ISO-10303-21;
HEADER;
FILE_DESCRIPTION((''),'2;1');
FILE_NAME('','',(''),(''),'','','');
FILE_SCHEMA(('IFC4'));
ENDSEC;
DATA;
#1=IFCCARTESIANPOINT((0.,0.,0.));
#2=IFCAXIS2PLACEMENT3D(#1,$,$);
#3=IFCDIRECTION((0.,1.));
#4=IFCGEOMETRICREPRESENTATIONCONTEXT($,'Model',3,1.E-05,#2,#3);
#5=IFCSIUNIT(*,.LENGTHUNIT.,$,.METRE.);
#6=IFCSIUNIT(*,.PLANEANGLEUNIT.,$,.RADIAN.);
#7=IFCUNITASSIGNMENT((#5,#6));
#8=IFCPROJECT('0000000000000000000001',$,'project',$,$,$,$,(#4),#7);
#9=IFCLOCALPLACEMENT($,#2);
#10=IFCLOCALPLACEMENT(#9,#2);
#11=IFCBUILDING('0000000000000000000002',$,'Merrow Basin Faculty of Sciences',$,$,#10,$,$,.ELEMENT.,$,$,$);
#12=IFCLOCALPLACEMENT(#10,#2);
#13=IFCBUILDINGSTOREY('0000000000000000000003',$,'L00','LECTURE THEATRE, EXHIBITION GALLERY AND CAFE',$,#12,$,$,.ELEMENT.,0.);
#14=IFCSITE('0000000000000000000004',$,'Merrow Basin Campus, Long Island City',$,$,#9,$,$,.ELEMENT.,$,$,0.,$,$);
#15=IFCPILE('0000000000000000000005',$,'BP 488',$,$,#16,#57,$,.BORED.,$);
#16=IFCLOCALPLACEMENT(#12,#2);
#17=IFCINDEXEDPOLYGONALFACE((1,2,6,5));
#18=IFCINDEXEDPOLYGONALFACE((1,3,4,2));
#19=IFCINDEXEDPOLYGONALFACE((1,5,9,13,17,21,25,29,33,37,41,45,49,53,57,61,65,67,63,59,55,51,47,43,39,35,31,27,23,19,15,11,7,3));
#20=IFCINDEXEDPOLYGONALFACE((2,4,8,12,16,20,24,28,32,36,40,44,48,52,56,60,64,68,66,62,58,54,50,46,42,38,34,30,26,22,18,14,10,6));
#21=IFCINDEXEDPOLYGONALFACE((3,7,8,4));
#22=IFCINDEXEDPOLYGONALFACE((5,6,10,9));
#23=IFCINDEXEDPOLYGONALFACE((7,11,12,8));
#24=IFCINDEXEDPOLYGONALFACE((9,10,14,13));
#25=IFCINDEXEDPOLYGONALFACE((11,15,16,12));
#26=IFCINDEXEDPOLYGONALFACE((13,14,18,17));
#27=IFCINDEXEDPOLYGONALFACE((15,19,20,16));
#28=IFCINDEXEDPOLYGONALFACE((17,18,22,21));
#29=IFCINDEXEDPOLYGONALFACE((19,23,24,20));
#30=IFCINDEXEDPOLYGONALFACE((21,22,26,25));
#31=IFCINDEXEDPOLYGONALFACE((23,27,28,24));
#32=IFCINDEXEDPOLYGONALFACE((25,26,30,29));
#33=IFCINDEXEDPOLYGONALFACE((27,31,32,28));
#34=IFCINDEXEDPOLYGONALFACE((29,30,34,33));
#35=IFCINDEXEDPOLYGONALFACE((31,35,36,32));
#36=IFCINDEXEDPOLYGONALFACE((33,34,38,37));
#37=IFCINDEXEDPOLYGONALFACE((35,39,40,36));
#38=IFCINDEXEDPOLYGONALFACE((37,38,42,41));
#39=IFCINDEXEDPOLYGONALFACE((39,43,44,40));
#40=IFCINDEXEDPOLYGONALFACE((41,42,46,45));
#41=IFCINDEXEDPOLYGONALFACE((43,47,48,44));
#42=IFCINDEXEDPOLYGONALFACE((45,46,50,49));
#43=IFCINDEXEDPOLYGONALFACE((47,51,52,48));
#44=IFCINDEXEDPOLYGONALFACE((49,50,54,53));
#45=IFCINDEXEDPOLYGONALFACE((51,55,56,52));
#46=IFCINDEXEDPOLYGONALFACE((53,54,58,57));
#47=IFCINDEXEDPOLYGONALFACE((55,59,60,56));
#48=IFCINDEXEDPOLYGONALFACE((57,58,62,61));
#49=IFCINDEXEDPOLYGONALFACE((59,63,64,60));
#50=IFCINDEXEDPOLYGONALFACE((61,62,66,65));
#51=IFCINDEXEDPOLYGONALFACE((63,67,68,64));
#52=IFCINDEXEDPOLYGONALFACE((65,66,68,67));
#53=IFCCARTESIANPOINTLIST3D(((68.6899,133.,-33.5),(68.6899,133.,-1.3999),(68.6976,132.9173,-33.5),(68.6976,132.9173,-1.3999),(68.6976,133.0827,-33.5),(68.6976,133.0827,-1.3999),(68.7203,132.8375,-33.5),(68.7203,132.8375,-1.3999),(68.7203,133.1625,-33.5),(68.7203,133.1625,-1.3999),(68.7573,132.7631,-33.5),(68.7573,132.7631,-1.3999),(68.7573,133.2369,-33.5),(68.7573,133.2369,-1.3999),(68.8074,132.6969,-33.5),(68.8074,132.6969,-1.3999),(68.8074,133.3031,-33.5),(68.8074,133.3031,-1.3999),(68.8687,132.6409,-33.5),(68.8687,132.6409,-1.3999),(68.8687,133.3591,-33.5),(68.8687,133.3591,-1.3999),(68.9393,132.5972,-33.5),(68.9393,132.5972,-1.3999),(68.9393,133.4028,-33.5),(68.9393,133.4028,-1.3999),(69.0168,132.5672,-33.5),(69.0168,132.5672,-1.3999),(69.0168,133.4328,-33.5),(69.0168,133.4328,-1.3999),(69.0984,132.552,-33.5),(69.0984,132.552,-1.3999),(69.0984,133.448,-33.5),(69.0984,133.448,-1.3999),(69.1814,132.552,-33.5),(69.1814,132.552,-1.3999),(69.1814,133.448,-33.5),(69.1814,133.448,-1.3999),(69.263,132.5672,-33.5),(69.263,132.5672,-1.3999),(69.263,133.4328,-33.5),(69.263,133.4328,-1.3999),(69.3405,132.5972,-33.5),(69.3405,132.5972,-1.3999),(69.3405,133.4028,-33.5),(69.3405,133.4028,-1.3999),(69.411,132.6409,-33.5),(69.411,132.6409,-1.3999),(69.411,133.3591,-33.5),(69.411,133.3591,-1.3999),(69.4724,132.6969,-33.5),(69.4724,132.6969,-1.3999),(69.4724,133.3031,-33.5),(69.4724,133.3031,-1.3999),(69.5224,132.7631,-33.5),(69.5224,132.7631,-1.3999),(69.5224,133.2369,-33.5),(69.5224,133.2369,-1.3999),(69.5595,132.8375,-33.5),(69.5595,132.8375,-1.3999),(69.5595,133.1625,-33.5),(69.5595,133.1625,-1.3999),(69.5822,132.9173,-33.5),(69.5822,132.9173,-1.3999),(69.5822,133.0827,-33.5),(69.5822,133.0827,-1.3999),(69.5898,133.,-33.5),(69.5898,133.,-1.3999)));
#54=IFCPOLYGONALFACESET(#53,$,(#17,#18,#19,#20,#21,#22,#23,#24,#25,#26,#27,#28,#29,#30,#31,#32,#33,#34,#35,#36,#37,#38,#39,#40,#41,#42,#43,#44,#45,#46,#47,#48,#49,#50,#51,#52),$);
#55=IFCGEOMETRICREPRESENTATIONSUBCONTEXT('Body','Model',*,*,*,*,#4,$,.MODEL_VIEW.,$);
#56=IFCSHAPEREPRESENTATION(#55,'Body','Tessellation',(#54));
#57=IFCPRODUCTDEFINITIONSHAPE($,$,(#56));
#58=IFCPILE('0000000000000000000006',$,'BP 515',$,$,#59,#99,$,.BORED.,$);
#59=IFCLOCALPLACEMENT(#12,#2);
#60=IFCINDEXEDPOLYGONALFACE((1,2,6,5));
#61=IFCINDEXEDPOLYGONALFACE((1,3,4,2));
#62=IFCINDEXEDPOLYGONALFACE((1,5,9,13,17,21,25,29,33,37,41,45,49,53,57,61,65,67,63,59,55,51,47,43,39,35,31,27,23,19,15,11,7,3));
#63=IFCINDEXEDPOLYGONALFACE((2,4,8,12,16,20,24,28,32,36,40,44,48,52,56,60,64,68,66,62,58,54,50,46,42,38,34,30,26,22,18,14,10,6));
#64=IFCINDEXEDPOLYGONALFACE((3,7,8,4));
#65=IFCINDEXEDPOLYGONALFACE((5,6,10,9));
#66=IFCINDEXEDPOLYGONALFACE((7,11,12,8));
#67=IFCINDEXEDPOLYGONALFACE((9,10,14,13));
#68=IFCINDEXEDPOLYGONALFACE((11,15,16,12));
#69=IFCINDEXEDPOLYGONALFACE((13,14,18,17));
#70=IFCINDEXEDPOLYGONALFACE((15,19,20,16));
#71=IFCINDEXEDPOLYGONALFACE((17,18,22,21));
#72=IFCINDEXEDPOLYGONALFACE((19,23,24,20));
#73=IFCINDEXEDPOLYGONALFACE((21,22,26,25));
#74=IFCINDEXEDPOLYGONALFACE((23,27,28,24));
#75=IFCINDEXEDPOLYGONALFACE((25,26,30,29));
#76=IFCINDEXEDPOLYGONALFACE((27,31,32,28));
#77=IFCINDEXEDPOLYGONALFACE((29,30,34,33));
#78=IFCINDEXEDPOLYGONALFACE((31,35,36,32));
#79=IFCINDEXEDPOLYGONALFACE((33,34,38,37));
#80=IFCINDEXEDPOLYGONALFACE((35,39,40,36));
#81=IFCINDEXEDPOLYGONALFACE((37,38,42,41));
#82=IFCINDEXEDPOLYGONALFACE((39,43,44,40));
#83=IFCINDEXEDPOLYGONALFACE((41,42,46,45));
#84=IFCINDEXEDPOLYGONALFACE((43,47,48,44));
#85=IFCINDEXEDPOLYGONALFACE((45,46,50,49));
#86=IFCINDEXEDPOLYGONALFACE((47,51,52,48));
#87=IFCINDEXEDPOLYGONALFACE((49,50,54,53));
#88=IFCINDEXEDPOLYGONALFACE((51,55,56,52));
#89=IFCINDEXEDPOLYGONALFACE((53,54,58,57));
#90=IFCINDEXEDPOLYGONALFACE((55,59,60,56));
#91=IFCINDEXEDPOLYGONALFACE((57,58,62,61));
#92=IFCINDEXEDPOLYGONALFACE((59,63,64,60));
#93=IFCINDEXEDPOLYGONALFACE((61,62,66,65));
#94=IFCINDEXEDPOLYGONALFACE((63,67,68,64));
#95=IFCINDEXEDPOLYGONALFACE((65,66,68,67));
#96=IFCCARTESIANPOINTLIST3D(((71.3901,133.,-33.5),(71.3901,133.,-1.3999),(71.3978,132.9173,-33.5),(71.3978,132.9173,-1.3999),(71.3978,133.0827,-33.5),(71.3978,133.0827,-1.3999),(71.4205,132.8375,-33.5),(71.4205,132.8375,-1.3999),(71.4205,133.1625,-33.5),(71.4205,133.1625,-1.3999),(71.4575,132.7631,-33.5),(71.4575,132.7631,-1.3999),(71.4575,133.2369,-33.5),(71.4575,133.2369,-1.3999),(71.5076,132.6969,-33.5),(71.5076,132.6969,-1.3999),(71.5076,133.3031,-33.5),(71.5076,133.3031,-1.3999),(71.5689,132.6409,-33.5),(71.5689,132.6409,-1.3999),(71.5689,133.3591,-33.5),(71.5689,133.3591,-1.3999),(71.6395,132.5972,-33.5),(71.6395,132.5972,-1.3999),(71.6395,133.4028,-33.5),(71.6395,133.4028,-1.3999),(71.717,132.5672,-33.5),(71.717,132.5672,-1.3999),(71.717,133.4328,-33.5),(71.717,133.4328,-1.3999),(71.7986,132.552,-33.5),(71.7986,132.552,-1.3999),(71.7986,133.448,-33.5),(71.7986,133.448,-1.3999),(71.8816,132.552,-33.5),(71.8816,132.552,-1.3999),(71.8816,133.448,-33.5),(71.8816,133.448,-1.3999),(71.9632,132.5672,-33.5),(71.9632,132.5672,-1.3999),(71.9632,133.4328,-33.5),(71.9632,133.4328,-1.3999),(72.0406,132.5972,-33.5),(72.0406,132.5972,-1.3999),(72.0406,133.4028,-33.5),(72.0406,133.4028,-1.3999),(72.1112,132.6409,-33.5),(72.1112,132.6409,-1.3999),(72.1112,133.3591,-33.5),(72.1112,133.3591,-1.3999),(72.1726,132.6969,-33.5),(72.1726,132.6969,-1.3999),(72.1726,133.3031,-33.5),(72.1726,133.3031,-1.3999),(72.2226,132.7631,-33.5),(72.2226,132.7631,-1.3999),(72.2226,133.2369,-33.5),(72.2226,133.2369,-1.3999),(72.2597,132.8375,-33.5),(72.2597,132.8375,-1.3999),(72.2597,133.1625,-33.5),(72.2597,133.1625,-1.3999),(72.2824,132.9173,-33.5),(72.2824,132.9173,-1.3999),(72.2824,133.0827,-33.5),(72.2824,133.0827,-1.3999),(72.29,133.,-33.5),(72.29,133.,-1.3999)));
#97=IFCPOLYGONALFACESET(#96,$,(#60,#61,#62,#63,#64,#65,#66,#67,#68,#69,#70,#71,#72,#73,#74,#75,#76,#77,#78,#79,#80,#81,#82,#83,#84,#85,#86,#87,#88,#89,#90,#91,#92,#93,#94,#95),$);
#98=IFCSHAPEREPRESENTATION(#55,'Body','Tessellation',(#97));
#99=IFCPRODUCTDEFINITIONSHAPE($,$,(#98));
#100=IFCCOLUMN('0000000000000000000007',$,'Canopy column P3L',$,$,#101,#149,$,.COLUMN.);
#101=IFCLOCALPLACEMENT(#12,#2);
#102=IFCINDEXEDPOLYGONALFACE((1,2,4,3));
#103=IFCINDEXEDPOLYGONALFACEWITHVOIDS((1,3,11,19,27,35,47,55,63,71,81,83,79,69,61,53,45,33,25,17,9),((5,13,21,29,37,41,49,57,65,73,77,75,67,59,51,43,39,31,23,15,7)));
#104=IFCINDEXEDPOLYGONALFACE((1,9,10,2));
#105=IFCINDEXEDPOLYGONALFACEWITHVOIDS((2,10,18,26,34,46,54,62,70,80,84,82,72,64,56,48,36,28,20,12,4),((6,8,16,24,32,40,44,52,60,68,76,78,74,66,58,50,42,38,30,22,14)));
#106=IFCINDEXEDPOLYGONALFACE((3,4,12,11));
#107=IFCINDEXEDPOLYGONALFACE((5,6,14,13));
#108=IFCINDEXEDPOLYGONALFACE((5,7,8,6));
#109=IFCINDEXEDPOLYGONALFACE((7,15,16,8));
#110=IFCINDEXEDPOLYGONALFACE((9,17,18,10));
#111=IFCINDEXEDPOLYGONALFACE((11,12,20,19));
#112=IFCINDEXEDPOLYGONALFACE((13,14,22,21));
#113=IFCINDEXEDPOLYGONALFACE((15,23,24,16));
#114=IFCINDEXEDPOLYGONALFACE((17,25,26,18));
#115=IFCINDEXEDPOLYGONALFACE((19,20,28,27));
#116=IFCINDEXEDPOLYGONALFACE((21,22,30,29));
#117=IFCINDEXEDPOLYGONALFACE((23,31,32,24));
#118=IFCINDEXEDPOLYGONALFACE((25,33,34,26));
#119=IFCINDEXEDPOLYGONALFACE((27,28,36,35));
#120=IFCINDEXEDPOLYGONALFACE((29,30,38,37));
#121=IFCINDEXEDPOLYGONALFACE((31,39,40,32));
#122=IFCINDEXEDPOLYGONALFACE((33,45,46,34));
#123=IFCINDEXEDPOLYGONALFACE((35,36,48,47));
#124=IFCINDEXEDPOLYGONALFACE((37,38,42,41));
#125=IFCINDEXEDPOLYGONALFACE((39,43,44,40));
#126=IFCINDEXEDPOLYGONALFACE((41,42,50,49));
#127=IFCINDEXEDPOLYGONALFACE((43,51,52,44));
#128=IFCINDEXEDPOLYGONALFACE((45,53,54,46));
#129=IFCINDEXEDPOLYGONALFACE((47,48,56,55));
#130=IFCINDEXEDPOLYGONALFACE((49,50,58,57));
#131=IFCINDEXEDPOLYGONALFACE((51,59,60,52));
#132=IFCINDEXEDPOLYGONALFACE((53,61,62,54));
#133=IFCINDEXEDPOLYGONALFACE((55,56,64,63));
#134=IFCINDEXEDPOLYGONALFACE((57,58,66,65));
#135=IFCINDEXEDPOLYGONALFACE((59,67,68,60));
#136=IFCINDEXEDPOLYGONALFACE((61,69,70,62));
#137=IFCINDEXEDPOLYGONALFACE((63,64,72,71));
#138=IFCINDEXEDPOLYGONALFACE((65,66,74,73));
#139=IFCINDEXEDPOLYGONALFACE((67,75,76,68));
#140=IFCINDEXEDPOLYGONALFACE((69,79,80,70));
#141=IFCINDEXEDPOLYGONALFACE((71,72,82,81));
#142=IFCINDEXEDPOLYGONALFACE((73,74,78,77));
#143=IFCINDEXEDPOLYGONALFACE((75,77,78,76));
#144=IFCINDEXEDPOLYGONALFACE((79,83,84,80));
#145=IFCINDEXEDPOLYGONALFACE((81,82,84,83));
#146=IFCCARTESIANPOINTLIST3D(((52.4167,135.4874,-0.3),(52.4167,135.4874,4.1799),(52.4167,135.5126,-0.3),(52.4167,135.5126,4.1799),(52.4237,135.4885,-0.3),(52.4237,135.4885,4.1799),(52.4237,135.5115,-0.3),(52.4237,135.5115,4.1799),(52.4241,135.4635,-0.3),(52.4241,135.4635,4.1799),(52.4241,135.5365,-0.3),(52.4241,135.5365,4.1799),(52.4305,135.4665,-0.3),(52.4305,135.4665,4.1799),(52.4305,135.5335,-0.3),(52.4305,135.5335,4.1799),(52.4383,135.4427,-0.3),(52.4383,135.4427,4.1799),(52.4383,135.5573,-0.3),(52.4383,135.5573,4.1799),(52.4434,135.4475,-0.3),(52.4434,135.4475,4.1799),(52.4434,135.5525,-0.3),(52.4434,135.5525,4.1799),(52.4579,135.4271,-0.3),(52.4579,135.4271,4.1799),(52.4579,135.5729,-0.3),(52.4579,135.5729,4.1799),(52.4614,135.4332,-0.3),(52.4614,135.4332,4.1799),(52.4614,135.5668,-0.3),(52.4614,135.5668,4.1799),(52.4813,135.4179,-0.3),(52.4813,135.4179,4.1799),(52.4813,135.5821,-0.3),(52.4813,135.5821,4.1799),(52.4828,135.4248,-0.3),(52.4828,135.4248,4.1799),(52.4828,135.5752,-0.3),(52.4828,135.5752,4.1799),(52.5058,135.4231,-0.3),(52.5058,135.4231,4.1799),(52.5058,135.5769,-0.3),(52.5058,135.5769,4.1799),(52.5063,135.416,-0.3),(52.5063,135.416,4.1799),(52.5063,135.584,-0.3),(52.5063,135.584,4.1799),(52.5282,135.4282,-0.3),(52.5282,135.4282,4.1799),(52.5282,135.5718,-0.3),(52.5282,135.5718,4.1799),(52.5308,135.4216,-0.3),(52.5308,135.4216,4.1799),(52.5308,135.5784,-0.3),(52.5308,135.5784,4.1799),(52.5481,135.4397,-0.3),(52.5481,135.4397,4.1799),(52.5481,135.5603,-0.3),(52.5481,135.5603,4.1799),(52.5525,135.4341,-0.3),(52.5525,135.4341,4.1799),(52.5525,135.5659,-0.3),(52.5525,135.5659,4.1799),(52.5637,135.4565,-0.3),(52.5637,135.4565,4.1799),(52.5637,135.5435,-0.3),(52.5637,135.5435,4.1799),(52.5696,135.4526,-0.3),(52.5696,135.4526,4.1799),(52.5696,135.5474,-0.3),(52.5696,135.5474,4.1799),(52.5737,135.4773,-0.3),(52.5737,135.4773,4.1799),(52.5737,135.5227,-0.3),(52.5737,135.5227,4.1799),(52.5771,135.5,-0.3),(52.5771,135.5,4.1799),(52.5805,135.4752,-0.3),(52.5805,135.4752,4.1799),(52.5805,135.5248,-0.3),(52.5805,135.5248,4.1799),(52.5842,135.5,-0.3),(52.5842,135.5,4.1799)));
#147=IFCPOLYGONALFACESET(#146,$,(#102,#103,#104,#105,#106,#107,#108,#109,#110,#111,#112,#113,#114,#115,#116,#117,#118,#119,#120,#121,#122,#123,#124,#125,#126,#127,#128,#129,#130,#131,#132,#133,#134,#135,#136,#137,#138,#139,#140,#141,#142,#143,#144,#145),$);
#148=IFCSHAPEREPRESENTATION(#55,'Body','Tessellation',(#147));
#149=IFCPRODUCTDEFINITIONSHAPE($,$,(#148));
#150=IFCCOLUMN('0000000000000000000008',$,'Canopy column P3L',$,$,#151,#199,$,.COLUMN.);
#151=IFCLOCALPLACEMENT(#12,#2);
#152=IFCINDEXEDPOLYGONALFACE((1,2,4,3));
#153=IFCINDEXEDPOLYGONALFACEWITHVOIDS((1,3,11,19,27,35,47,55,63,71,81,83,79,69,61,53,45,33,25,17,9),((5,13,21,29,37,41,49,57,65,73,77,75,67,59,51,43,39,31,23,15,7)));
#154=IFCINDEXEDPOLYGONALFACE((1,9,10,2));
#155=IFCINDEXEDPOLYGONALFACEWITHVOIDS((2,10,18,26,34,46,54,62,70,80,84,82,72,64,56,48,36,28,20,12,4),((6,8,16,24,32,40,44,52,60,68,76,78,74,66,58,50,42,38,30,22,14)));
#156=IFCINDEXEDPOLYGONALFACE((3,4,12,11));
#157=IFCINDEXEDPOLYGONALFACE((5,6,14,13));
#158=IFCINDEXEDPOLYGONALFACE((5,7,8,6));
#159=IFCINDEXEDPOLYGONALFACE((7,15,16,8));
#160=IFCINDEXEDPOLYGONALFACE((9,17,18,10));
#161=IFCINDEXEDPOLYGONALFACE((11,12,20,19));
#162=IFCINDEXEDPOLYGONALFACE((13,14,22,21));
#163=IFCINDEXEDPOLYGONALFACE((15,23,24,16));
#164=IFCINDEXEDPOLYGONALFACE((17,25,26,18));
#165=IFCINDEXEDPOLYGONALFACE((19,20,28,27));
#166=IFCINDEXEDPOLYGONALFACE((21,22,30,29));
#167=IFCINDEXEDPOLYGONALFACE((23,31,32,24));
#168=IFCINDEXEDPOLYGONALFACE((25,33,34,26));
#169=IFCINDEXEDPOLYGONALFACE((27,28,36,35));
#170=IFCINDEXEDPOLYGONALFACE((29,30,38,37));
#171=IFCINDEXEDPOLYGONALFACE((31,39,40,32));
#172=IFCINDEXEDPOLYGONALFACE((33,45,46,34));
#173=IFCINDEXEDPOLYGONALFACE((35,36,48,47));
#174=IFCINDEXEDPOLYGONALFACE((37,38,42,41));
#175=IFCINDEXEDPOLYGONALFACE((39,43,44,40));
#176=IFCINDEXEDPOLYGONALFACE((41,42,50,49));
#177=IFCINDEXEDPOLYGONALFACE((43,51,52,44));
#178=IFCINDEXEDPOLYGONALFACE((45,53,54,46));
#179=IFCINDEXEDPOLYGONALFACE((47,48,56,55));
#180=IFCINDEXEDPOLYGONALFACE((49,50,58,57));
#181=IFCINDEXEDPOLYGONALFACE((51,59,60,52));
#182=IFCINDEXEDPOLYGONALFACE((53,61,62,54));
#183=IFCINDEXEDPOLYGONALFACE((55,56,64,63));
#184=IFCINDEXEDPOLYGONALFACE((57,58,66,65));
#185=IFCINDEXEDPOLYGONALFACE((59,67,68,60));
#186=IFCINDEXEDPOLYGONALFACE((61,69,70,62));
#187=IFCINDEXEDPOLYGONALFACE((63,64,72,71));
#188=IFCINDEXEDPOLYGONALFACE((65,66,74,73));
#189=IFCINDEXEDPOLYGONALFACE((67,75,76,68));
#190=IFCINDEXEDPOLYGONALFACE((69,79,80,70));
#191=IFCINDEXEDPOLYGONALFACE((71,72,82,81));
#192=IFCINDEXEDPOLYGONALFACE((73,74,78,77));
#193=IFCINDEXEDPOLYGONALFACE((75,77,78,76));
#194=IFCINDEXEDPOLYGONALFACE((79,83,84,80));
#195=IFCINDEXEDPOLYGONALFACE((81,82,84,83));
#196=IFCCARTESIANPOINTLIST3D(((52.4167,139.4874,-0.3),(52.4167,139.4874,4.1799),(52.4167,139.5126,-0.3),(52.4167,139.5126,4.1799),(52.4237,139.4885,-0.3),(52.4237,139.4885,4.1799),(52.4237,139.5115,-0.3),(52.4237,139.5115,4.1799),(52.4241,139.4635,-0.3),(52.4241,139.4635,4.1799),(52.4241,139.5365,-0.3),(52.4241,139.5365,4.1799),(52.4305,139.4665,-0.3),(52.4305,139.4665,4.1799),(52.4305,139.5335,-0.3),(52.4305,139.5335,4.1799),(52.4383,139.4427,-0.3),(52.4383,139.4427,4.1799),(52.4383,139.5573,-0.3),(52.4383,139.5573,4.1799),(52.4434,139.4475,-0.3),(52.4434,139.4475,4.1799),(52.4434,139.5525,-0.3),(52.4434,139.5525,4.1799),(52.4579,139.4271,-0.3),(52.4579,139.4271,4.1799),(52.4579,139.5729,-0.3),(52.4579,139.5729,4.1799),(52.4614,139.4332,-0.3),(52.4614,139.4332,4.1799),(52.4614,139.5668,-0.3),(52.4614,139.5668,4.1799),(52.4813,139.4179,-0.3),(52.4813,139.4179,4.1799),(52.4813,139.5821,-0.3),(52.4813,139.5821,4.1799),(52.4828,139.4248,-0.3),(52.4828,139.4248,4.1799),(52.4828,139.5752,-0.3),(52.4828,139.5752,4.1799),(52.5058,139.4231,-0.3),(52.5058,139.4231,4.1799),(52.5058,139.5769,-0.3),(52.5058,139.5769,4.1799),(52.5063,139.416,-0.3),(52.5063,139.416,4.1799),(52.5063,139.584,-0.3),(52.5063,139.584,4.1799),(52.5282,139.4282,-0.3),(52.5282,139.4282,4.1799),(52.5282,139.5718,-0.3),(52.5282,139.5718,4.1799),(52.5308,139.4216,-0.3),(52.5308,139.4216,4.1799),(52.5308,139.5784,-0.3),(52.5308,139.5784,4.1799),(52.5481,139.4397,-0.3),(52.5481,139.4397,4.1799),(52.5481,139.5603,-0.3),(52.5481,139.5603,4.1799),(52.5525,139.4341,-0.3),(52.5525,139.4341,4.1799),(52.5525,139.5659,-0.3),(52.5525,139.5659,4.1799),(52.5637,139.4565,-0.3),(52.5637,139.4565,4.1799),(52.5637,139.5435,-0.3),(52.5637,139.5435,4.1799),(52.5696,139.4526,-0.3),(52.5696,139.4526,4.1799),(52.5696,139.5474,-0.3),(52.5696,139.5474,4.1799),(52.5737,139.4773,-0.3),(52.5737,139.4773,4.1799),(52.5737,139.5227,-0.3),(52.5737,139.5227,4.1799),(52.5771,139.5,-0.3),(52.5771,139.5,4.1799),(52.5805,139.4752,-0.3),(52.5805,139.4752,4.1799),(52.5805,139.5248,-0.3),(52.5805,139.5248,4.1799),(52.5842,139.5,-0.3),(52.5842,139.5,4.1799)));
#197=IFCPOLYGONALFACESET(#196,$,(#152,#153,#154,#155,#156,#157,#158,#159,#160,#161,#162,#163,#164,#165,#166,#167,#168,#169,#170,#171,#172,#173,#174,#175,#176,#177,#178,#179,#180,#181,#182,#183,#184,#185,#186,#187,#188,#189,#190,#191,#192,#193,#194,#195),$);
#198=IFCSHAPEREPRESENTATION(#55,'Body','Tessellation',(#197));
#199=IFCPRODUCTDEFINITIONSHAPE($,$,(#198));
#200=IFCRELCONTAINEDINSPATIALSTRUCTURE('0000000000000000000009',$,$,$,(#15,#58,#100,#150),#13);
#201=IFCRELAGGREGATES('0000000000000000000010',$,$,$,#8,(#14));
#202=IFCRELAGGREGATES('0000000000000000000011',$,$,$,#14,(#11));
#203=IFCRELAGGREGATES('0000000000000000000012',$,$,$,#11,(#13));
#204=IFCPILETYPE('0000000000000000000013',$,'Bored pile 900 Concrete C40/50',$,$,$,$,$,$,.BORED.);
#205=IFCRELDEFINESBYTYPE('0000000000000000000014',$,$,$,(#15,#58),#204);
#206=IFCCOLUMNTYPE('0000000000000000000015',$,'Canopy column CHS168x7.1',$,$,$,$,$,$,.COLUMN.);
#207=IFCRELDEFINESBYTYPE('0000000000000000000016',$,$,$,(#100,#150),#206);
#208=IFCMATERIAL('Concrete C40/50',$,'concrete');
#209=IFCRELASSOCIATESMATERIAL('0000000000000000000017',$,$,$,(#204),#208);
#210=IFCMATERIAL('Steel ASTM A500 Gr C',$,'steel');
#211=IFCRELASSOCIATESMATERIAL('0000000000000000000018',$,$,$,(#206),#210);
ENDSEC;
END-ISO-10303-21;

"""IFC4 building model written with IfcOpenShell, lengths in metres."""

from ifc_helpers import new_model, si_unit, direction, frame, origin, origin_2d, place, context, subcontext, project, spatial, circle, hollow_circle, extrude, material, material_profile, profile_set, type_object, element, save


model = new_model("IFC4")

# Units and contexts
model_context = context("Model", 3, precision=1e-05, world=origin(), true_north=direction((0.0, 1.0)))
body_context = subcontext(model_context, "Body", "Model", "MODEL_VIEW")
ifc_project = project(units=[si_unit("LENGTHUNIT", "METRE"), si_unit("PLANEANGLEUNIT", "RADIAN")], contexts=[model_context])

# Site, building, storey
site_placement = place(None, origin())
site = spatial("IfcSite", under=ifc_project, at=site_placement, Name="Merrow Basin Campus, Long Island City", CompositionType="ELEMENT", RefElevation=0.0)
building_placement = place(site_placement, origin())
building = spatial("IfcBuilding", under=site, at=building_placement, Name="Merrow Basin Faculty of Sciences", CompositionType="ELEMENT")
storey_placement = place(building_placement, origin())
storey = spatial("IfcBuildingStorey", under=building, at=storey_placement, Name="L00", Description="LECTURE THEATRE, EXHIBITION GALLERY AND CAFE", CompositionType="ELEMENT", Elevation=0.0)

# Piles
ifc_material_1 = material(Name="Concrete C40/50", Category="concrete")
ifc_material_profile_1 = material_profile(ifc_material_1, circle(Radius=0.45, at=origin_2d()))
ifc_profile_set_1 = profile_set([ifc_material_profile_1], Name="Concrete C40/50")
pile_type_1 = type_object("IfcPileType", Name="Bored pile 900 Concrete C40/50", PredefinedType="BORED", material=ifc_profile_set_1)
for number, where, z_axis, x_axis, name in (
    (1, (69.1399, 133.0, -1.3999), (0.0, 0.0, -1.0), (1.0, 0.0, 0.0), "BP 488"),
    (2, (71.8401, 133.0, -1.3999), (0.0, 0.0, -1.0), (1.0, 0.0, 0.0), "BP 515"),
):
    element("IfcPile", number, at=place(storey_placement, frame(where, z_axis=z_axis, x_axis=x_axis)), inside=storey, type_object=pile_type_1, Name=name, PredefinedType="BORED", context=body_context, shape_type="SweptSolid", body=[
        extrude(circle(Radius=0.45, at=origin_2d()), origin(), (0.0, 0.0, 1.0), 32.1001),
    ])

# Columns
ifc_material_2 = material(Name="Steel ASTM A500 Gr C", Category="steel")
ifc_material_profile_2 = material_profile(ifc_material_2, hollow_circle(Radius=0.0842, WallThickness=0.0071, at=origin_2d()))
ifc_profile_set_2 = profile_set([ifc_material_profile_2], Name="Steel ASTM A500 Gr C")
column_type_1 = type_object("IfcColumnType", Name="Canopy column CHS168x7.1", PredefinedType="COLUMN", material=ifc_profile_set_2)
for number, where, z_axis, x_axis, name in (
    (3, (52.5, 135.5, -0.3), (0.0, 0.0, 1.0), (1.0, 0.0, 0.0), "Canopy column P3L"),
    (4, (52.5, 139.5, -0.3), (0.0, 0.0, 1.0), (1.0, 0.0, 0.0), "Canopy column P3L"),
):
    element("IfcColumn", number, at=place(storey_placement, frame(where, z_axis=z_axis, x_axis=x_axis)), inside=storey, type_object=column_type_1, Name=name, PredefinedType="COLUMN", context=body_context, shape_type="SweptSolid", body=[
        extrude(hollow_circle(Radius=0.0842, WallThickness=0.0071, at=origin_2d()), origin(), (0.0, 0.0, 1.0), 4.48),
    ])

save(model, "model.ifc")
